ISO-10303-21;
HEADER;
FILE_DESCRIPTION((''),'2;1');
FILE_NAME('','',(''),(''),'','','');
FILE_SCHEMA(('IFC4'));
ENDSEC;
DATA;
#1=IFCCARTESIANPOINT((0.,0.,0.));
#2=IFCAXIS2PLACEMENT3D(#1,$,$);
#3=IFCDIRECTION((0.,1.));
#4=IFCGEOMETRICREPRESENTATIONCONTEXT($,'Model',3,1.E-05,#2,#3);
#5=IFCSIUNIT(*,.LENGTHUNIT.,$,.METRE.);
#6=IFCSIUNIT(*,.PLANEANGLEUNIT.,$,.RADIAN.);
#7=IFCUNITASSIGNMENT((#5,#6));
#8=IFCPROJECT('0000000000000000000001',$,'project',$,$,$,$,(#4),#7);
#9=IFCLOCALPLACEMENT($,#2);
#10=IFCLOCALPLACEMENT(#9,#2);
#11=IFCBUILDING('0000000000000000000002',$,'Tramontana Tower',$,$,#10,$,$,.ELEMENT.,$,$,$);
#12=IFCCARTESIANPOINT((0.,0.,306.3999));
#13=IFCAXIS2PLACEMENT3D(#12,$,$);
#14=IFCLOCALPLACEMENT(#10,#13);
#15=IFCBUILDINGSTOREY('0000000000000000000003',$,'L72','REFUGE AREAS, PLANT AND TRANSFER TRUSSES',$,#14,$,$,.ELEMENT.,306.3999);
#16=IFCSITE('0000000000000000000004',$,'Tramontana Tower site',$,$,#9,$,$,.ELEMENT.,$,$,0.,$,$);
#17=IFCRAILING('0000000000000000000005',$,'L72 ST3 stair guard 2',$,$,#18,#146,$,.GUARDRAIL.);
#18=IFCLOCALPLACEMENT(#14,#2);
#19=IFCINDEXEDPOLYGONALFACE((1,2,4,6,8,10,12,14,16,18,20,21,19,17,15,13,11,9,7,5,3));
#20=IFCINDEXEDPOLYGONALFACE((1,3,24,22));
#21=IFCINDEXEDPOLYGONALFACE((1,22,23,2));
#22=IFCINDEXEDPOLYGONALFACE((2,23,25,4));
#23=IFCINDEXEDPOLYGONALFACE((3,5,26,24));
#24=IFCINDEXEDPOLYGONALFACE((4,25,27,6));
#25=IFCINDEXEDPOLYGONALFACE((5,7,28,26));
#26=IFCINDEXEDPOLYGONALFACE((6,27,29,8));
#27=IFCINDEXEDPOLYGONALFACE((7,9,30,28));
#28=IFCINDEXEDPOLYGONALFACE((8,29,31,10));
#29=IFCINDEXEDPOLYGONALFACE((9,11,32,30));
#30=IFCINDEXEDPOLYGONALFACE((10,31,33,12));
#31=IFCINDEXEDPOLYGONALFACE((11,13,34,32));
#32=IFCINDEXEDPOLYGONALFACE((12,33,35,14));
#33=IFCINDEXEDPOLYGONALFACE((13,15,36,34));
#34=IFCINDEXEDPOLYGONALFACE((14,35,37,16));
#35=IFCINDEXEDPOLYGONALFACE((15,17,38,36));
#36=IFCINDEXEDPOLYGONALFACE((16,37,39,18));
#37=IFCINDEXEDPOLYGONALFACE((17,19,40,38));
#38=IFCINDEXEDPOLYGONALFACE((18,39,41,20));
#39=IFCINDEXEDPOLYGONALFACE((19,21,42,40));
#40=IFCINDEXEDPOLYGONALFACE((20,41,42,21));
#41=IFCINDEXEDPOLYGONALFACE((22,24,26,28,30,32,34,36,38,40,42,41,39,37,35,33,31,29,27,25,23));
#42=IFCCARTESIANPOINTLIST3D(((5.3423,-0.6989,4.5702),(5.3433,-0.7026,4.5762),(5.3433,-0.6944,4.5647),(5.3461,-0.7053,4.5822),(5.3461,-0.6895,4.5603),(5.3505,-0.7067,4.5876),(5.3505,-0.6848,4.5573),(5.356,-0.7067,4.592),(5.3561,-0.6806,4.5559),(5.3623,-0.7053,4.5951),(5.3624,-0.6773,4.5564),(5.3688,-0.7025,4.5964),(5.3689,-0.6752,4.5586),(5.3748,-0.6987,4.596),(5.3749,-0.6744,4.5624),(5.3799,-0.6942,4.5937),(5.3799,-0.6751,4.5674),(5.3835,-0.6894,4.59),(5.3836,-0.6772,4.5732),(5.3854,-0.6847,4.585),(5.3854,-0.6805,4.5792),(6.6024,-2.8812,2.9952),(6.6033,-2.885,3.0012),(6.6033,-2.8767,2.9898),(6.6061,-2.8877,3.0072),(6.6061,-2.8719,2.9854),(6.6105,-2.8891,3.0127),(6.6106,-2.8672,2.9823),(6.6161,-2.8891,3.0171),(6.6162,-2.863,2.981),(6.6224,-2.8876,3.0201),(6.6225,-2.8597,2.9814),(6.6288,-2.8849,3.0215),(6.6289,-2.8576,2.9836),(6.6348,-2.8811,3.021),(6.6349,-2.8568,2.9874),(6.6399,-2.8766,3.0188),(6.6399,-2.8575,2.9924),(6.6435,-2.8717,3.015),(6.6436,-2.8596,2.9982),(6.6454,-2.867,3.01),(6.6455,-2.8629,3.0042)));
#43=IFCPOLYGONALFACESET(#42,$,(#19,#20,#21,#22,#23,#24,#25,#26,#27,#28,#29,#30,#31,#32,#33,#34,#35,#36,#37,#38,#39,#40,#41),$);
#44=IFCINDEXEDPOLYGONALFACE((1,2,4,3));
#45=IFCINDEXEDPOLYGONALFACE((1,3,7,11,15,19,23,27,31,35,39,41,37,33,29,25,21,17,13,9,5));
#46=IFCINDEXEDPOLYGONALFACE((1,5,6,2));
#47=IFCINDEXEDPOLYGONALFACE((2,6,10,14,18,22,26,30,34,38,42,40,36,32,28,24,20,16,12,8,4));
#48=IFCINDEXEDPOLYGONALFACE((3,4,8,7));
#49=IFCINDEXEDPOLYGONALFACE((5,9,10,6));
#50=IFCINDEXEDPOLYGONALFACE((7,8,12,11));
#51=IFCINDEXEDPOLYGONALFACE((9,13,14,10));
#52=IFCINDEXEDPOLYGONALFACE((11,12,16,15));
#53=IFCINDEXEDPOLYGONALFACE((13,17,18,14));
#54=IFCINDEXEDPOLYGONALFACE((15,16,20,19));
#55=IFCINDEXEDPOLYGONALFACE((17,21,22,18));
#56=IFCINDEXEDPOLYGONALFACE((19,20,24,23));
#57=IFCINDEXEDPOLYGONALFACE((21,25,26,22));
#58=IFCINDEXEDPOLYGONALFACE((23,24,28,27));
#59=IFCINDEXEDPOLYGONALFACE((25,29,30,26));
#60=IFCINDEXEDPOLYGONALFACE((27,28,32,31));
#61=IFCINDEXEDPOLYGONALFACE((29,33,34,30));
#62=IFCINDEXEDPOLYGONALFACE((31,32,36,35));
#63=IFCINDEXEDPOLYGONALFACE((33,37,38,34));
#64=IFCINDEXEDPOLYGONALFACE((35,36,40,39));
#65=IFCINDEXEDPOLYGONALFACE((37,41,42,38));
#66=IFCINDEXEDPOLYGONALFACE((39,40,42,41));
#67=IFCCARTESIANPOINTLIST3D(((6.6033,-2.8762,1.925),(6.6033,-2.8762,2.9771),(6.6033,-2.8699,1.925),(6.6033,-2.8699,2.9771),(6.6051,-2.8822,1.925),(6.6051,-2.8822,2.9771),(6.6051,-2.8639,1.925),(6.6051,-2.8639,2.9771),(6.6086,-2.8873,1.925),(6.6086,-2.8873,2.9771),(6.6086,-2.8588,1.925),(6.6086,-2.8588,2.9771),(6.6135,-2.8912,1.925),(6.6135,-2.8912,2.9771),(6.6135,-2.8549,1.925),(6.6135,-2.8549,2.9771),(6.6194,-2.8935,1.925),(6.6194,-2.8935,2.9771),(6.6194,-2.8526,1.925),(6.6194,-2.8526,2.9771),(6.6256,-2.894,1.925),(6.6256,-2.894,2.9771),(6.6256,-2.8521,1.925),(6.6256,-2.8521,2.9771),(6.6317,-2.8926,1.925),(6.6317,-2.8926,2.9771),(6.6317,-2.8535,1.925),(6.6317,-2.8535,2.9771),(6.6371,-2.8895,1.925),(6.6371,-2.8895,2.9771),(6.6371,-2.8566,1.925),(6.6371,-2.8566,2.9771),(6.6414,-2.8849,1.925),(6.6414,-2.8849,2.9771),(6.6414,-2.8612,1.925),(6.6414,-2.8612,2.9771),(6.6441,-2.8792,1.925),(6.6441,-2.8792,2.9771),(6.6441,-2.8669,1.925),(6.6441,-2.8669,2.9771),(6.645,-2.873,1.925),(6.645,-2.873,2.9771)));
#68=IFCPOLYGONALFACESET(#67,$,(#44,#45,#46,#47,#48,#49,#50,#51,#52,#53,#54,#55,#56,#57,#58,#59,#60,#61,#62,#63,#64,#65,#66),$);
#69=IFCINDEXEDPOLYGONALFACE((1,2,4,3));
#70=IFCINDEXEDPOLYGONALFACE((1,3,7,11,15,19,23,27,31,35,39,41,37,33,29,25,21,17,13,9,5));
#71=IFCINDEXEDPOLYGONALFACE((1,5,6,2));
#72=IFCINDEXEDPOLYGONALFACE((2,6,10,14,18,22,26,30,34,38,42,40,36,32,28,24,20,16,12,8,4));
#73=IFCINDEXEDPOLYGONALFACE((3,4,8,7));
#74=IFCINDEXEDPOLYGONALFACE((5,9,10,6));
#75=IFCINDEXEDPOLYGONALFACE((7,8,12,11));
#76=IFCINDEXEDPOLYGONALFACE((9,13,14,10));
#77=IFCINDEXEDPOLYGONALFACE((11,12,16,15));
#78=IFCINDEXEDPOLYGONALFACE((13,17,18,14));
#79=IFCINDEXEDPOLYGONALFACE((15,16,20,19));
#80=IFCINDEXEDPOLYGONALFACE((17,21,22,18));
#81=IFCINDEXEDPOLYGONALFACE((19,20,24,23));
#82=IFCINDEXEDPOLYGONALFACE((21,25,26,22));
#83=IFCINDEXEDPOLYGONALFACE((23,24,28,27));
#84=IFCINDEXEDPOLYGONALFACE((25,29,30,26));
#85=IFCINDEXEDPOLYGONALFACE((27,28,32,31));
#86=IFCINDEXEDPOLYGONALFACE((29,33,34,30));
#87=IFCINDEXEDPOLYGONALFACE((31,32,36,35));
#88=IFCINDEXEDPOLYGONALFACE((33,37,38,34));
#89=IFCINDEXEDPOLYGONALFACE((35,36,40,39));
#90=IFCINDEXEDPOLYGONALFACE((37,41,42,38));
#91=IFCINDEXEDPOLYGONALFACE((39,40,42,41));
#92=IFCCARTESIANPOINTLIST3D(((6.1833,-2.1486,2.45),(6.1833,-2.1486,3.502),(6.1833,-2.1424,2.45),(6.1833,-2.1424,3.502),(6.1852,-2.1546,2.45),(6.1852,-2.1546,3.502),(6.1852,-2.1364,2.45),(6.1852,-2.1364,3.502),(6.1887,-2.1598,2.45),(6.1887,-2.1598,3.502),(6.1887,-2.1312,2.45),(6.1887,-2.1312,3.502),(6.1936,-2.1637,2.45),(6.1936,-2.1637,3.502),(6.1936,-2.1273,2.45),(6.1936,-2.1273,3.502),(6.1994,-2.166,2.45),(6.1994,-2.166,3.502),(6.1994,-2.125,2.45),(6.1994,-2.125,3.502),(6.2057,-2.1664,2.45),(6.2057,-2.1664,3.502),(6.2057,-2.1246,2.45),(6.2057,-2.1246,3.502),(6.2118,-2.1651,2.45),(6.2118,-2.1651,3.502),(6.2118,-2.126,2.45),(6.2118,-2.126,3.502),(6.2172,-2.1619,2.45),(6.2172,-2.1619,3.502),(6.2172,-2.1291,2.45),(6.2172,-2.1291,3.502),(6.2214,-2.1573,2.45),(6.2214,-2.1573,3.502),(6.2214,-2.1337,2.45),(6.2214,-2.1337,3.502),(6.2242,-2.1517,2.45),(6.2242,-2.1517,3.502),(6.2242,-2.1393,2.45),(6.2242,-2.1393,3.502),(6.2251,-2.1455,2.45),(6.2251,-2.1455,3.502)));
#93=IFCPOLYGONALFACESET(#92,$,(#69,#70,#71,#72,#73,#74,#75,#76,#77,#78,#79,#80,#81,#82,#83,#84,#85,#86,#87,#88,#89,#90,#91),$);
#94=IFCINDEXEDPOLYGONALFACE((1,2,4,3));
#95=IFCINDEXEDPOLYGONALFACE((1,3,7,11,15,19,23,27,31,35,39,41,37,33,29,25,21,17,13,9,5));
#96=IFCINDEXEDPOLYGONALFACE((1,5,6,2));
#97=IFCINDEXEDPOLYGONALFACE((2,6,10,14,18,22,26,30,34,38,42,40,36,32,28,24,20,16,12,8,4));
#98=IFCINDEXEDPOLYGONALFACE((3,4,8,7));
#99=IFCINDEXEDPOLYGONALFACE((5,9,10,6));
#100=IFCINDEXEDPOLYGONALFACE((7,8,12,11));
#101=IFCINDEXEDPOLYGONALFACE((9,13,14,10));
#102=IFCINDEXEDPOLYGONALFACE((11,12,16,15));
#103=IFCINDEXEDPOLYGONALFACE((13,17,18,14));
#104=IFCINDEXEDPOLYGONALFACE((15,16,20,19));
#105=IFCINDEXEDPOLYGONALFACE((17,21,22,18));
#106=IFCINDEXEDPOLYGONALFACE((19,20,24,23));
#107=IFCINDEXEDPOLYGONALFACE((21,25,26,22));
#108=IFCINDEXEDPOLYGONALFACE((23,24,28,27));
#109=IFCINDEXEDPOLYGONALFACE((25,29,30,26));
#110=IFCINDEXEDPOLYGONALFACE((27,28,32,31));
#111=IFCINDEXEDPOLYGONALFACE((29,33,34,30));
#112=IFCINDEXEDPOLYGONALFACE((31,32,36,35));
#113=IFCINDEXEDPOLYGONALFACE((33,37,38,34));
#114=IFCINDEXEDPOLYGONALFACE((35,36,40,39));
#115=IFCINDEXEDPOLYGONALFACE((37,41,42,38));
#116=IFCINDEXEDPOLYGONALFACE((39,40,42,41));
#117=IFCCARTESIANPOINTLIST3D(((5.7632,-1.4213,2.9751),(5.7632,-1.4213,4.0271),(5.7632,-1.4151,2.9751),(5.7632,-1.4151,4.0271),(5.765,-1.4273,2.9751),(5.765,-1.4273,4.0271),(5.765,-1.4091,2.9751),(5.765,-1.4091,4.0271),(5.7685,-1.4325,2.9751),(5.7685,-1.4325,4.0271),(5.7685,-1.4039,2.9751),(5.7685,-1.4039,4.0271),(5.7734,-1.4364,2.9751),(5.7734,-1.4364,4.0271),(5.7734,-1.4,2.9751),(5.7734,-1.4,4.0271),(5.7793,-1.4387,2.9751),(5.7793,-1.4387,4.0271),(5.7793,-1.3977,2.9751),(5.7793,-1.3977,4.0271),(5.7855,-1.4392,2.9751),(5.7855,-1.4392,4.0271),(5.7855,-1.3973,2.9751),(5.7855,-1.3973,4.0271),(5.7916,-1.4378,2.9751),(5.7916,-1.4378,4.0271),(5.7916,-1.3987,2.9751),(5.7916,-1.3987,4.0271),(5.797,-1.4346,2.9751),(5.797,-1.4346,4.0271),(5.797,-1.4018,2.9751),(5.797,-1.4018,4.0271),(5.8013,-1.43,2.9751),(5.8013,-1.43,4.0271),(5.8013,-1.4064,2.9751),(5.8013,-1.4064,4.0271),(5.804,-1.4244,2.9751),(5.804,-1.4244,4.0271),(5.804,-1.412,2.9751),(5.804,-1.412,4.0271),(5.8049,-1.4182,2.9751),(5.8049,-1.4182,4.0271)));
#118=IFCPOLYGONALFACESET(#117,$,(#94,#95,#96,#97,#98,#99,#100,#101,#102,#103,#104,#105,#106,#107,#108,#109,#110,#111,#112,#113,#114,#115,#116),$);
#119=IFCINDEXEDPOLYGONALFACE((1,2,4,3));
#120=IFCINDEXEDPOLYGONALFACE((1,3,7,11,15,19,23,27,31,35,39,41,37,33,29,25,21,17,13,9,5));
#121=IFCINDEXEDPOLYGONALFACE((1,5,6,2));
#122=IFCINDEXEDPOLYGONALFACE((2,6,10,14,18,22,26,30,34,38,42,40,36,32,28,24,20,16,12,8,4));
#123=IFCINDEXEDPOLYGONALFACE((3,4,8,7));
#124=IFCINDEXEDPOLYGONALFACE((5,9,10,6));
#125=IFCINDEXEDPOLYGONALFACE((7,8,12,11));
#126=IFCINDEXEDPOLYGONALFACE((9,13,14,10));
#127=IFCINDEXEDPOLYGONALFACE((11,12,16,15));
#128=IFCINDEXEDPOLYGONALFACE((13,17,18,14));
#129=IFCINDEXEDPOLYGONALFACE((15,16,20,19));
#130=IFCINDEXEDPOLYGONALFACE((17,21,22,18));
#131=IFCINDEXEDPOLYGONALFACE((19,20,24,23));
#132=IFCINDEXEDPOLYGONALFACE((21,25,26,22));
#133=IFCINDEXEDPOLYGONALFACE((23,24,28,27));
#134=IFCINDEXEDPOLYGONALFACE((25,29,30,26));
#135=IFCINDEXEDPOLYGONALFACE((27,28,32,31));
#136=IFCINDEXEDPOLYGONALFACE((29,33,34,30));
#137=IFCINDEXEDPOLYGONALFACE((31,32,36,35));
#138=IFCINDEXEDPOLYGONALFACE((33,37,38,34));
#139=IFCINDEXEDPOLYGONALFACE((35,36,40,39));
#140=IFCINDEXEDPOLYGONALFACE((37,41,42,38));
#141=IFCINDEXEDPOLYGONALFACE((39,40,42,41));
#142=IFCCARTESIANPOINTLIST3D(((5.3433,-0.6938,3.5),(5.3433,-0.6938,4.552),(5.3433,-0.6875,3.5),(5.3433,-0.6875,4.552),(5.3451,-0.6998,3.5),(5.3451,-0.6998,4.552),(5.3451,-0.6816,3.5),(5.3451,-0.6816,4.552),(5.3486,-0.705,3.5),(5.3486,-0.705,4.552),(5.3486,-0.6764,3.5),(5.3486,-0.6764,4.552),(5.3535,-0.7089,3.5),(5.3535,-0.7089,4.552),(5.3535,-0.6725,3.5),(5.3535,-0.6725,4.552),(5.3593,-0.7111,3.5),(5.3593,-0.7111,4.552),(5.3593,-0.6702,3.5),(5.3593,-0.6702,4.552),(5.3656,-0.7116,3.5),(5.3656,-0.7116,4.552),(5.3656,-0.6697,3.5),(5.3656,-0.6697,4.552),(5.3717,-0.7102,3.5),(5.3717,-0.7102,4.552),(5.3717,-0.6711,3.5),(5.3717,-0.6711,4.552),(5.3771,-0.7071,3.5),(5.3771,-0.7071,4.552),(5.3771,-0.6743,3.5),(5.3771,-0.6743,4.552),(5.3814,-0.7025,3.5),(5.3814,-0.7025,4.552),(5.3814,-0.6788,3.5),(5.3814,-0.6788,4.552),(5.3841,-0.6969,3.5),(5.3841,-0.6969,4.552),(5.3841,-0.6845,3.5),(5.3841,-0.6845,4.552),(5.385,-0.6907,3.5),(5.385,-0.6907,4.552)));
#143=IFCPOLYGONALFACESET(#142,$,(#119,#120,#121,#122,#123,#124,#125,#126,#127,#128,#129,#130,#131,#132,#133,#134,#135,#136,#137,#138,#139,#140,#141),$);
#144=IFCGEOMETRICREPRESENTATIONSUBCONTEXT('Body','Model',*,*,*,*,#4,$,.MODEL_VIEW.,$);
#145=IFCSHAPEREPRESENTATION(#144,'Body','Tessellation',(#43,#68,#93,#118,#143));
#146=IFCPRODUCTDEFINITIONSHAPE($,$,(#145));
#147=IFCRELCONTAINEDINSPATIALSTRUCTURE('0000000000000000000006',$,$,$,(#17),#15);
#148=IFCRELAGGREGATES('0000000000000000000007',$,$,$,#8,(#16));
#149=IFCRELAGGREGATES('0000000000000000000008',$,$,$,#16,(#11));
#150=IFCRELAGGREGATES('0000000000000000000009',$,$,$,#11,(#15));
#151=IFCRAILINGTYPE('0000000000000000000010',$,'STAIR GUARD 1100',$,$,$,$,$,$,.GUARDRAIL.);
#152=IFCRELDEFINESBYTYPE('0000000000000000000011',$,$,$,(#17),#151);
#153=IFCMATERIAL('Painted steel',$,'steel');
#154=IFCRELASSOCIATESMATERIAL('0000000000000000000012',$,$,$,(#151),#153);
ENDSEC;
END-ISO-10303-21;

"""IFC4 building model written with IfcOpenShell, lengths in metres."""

from ifc_helpers import new_model, si_unit, direction, frame, origin, origin_2d, place, context, subcontext, project, spatial, circle, extrude, material, type_object, element, save


model = new_model("IFC4")

# Units and contexts
model_context = context("Model", 3, precision=1e-05, world=origin(), true_north=direction((0.0, 1.0)))
body_context = subcontext(model_context, "Body", "Model", "MODEL_VIEW")
ifc_project = project(units=[si_unit("LENGTHUNIT", "METRE"), si_unit("PLANEANGLEUNIT", "RADIAN")], contexts=[model_context])

# Site, building, storey
site_placement = place(None, origin())
site = spatial("IfcSite", under=ifc_project, at=site_placement, Name="Tramontana Tower site", CompositionType="ELEMENT", RefElevation=0.0)
building_placement = place(site_placement, origin())
building = spatial("IfcBuilding", under=site, at=building_placement, Name="Tramontana Tower", CompositionType="ELEMENT")
storey_placement = place(building_placement, frame((0.0, 0.0, 306.3999)))
storey = spatial("IfcBuildingStorey", under=building, at=storey_placement, Name="L72", Description="REFUGE AREAS, PLANT AND TRANSFER TRUSSES", CompositionType="ELEMENT", Elevation=306.3999)

# Railing
ifc_material_1 = material(Name="Painted steel", Category="steel")
railing_type_1 = type_object("IfcRailingType", Name="STAIR GUARD 1100", PredefinedType="GUARDRAIL", material=ifc_material_1)
for number, where, name in (
    (1, (6.624, -2.873, 1.925), "L72 ST3 stair guard 2"),
):
    element("IfcRailing", number, at=place(storey_placement, frame(where)), inside=storey, type_object=railing_type_1, Name=name, PredefinedType="GUARDRAIL", context=body_context, shape_type="SweptSolid", body=[
        extrude(circle(Radius=0.0239, at=origin_2d()), frame((0.0, 0.0, 1.0762), z_axis=(-0.424007, 0.734392, 0.529988), x_axis=(-0.866023, -0.500005, 0.0)), (0.0, 0.0, 1.0), 2.9717),
        extrude(circle(Radius=0.021, at=origin_2d()), origin(), (0.0, 0.0, 1.0), 1.052),
        extrude(circle(Radius=0.021, at=origin_2d()), frame((-0.4199, 0.7275, 0.5249)), (0.0, 0.0, 1.0), 1.052),
        extrude(circle(Radius=0.021, at=origin_2d()), frame((-0.8401, 1.4548, 1.05)), (0.0, 0.0, 1.0), 1.052),
        extrude(circle(Radius=0.021, at=origin_2d()), frame((-1.26, 2.1824, 1.575)), (0.0, 0.0, 1.0), 1.052),
    ])

save(model, "model.ifc")
